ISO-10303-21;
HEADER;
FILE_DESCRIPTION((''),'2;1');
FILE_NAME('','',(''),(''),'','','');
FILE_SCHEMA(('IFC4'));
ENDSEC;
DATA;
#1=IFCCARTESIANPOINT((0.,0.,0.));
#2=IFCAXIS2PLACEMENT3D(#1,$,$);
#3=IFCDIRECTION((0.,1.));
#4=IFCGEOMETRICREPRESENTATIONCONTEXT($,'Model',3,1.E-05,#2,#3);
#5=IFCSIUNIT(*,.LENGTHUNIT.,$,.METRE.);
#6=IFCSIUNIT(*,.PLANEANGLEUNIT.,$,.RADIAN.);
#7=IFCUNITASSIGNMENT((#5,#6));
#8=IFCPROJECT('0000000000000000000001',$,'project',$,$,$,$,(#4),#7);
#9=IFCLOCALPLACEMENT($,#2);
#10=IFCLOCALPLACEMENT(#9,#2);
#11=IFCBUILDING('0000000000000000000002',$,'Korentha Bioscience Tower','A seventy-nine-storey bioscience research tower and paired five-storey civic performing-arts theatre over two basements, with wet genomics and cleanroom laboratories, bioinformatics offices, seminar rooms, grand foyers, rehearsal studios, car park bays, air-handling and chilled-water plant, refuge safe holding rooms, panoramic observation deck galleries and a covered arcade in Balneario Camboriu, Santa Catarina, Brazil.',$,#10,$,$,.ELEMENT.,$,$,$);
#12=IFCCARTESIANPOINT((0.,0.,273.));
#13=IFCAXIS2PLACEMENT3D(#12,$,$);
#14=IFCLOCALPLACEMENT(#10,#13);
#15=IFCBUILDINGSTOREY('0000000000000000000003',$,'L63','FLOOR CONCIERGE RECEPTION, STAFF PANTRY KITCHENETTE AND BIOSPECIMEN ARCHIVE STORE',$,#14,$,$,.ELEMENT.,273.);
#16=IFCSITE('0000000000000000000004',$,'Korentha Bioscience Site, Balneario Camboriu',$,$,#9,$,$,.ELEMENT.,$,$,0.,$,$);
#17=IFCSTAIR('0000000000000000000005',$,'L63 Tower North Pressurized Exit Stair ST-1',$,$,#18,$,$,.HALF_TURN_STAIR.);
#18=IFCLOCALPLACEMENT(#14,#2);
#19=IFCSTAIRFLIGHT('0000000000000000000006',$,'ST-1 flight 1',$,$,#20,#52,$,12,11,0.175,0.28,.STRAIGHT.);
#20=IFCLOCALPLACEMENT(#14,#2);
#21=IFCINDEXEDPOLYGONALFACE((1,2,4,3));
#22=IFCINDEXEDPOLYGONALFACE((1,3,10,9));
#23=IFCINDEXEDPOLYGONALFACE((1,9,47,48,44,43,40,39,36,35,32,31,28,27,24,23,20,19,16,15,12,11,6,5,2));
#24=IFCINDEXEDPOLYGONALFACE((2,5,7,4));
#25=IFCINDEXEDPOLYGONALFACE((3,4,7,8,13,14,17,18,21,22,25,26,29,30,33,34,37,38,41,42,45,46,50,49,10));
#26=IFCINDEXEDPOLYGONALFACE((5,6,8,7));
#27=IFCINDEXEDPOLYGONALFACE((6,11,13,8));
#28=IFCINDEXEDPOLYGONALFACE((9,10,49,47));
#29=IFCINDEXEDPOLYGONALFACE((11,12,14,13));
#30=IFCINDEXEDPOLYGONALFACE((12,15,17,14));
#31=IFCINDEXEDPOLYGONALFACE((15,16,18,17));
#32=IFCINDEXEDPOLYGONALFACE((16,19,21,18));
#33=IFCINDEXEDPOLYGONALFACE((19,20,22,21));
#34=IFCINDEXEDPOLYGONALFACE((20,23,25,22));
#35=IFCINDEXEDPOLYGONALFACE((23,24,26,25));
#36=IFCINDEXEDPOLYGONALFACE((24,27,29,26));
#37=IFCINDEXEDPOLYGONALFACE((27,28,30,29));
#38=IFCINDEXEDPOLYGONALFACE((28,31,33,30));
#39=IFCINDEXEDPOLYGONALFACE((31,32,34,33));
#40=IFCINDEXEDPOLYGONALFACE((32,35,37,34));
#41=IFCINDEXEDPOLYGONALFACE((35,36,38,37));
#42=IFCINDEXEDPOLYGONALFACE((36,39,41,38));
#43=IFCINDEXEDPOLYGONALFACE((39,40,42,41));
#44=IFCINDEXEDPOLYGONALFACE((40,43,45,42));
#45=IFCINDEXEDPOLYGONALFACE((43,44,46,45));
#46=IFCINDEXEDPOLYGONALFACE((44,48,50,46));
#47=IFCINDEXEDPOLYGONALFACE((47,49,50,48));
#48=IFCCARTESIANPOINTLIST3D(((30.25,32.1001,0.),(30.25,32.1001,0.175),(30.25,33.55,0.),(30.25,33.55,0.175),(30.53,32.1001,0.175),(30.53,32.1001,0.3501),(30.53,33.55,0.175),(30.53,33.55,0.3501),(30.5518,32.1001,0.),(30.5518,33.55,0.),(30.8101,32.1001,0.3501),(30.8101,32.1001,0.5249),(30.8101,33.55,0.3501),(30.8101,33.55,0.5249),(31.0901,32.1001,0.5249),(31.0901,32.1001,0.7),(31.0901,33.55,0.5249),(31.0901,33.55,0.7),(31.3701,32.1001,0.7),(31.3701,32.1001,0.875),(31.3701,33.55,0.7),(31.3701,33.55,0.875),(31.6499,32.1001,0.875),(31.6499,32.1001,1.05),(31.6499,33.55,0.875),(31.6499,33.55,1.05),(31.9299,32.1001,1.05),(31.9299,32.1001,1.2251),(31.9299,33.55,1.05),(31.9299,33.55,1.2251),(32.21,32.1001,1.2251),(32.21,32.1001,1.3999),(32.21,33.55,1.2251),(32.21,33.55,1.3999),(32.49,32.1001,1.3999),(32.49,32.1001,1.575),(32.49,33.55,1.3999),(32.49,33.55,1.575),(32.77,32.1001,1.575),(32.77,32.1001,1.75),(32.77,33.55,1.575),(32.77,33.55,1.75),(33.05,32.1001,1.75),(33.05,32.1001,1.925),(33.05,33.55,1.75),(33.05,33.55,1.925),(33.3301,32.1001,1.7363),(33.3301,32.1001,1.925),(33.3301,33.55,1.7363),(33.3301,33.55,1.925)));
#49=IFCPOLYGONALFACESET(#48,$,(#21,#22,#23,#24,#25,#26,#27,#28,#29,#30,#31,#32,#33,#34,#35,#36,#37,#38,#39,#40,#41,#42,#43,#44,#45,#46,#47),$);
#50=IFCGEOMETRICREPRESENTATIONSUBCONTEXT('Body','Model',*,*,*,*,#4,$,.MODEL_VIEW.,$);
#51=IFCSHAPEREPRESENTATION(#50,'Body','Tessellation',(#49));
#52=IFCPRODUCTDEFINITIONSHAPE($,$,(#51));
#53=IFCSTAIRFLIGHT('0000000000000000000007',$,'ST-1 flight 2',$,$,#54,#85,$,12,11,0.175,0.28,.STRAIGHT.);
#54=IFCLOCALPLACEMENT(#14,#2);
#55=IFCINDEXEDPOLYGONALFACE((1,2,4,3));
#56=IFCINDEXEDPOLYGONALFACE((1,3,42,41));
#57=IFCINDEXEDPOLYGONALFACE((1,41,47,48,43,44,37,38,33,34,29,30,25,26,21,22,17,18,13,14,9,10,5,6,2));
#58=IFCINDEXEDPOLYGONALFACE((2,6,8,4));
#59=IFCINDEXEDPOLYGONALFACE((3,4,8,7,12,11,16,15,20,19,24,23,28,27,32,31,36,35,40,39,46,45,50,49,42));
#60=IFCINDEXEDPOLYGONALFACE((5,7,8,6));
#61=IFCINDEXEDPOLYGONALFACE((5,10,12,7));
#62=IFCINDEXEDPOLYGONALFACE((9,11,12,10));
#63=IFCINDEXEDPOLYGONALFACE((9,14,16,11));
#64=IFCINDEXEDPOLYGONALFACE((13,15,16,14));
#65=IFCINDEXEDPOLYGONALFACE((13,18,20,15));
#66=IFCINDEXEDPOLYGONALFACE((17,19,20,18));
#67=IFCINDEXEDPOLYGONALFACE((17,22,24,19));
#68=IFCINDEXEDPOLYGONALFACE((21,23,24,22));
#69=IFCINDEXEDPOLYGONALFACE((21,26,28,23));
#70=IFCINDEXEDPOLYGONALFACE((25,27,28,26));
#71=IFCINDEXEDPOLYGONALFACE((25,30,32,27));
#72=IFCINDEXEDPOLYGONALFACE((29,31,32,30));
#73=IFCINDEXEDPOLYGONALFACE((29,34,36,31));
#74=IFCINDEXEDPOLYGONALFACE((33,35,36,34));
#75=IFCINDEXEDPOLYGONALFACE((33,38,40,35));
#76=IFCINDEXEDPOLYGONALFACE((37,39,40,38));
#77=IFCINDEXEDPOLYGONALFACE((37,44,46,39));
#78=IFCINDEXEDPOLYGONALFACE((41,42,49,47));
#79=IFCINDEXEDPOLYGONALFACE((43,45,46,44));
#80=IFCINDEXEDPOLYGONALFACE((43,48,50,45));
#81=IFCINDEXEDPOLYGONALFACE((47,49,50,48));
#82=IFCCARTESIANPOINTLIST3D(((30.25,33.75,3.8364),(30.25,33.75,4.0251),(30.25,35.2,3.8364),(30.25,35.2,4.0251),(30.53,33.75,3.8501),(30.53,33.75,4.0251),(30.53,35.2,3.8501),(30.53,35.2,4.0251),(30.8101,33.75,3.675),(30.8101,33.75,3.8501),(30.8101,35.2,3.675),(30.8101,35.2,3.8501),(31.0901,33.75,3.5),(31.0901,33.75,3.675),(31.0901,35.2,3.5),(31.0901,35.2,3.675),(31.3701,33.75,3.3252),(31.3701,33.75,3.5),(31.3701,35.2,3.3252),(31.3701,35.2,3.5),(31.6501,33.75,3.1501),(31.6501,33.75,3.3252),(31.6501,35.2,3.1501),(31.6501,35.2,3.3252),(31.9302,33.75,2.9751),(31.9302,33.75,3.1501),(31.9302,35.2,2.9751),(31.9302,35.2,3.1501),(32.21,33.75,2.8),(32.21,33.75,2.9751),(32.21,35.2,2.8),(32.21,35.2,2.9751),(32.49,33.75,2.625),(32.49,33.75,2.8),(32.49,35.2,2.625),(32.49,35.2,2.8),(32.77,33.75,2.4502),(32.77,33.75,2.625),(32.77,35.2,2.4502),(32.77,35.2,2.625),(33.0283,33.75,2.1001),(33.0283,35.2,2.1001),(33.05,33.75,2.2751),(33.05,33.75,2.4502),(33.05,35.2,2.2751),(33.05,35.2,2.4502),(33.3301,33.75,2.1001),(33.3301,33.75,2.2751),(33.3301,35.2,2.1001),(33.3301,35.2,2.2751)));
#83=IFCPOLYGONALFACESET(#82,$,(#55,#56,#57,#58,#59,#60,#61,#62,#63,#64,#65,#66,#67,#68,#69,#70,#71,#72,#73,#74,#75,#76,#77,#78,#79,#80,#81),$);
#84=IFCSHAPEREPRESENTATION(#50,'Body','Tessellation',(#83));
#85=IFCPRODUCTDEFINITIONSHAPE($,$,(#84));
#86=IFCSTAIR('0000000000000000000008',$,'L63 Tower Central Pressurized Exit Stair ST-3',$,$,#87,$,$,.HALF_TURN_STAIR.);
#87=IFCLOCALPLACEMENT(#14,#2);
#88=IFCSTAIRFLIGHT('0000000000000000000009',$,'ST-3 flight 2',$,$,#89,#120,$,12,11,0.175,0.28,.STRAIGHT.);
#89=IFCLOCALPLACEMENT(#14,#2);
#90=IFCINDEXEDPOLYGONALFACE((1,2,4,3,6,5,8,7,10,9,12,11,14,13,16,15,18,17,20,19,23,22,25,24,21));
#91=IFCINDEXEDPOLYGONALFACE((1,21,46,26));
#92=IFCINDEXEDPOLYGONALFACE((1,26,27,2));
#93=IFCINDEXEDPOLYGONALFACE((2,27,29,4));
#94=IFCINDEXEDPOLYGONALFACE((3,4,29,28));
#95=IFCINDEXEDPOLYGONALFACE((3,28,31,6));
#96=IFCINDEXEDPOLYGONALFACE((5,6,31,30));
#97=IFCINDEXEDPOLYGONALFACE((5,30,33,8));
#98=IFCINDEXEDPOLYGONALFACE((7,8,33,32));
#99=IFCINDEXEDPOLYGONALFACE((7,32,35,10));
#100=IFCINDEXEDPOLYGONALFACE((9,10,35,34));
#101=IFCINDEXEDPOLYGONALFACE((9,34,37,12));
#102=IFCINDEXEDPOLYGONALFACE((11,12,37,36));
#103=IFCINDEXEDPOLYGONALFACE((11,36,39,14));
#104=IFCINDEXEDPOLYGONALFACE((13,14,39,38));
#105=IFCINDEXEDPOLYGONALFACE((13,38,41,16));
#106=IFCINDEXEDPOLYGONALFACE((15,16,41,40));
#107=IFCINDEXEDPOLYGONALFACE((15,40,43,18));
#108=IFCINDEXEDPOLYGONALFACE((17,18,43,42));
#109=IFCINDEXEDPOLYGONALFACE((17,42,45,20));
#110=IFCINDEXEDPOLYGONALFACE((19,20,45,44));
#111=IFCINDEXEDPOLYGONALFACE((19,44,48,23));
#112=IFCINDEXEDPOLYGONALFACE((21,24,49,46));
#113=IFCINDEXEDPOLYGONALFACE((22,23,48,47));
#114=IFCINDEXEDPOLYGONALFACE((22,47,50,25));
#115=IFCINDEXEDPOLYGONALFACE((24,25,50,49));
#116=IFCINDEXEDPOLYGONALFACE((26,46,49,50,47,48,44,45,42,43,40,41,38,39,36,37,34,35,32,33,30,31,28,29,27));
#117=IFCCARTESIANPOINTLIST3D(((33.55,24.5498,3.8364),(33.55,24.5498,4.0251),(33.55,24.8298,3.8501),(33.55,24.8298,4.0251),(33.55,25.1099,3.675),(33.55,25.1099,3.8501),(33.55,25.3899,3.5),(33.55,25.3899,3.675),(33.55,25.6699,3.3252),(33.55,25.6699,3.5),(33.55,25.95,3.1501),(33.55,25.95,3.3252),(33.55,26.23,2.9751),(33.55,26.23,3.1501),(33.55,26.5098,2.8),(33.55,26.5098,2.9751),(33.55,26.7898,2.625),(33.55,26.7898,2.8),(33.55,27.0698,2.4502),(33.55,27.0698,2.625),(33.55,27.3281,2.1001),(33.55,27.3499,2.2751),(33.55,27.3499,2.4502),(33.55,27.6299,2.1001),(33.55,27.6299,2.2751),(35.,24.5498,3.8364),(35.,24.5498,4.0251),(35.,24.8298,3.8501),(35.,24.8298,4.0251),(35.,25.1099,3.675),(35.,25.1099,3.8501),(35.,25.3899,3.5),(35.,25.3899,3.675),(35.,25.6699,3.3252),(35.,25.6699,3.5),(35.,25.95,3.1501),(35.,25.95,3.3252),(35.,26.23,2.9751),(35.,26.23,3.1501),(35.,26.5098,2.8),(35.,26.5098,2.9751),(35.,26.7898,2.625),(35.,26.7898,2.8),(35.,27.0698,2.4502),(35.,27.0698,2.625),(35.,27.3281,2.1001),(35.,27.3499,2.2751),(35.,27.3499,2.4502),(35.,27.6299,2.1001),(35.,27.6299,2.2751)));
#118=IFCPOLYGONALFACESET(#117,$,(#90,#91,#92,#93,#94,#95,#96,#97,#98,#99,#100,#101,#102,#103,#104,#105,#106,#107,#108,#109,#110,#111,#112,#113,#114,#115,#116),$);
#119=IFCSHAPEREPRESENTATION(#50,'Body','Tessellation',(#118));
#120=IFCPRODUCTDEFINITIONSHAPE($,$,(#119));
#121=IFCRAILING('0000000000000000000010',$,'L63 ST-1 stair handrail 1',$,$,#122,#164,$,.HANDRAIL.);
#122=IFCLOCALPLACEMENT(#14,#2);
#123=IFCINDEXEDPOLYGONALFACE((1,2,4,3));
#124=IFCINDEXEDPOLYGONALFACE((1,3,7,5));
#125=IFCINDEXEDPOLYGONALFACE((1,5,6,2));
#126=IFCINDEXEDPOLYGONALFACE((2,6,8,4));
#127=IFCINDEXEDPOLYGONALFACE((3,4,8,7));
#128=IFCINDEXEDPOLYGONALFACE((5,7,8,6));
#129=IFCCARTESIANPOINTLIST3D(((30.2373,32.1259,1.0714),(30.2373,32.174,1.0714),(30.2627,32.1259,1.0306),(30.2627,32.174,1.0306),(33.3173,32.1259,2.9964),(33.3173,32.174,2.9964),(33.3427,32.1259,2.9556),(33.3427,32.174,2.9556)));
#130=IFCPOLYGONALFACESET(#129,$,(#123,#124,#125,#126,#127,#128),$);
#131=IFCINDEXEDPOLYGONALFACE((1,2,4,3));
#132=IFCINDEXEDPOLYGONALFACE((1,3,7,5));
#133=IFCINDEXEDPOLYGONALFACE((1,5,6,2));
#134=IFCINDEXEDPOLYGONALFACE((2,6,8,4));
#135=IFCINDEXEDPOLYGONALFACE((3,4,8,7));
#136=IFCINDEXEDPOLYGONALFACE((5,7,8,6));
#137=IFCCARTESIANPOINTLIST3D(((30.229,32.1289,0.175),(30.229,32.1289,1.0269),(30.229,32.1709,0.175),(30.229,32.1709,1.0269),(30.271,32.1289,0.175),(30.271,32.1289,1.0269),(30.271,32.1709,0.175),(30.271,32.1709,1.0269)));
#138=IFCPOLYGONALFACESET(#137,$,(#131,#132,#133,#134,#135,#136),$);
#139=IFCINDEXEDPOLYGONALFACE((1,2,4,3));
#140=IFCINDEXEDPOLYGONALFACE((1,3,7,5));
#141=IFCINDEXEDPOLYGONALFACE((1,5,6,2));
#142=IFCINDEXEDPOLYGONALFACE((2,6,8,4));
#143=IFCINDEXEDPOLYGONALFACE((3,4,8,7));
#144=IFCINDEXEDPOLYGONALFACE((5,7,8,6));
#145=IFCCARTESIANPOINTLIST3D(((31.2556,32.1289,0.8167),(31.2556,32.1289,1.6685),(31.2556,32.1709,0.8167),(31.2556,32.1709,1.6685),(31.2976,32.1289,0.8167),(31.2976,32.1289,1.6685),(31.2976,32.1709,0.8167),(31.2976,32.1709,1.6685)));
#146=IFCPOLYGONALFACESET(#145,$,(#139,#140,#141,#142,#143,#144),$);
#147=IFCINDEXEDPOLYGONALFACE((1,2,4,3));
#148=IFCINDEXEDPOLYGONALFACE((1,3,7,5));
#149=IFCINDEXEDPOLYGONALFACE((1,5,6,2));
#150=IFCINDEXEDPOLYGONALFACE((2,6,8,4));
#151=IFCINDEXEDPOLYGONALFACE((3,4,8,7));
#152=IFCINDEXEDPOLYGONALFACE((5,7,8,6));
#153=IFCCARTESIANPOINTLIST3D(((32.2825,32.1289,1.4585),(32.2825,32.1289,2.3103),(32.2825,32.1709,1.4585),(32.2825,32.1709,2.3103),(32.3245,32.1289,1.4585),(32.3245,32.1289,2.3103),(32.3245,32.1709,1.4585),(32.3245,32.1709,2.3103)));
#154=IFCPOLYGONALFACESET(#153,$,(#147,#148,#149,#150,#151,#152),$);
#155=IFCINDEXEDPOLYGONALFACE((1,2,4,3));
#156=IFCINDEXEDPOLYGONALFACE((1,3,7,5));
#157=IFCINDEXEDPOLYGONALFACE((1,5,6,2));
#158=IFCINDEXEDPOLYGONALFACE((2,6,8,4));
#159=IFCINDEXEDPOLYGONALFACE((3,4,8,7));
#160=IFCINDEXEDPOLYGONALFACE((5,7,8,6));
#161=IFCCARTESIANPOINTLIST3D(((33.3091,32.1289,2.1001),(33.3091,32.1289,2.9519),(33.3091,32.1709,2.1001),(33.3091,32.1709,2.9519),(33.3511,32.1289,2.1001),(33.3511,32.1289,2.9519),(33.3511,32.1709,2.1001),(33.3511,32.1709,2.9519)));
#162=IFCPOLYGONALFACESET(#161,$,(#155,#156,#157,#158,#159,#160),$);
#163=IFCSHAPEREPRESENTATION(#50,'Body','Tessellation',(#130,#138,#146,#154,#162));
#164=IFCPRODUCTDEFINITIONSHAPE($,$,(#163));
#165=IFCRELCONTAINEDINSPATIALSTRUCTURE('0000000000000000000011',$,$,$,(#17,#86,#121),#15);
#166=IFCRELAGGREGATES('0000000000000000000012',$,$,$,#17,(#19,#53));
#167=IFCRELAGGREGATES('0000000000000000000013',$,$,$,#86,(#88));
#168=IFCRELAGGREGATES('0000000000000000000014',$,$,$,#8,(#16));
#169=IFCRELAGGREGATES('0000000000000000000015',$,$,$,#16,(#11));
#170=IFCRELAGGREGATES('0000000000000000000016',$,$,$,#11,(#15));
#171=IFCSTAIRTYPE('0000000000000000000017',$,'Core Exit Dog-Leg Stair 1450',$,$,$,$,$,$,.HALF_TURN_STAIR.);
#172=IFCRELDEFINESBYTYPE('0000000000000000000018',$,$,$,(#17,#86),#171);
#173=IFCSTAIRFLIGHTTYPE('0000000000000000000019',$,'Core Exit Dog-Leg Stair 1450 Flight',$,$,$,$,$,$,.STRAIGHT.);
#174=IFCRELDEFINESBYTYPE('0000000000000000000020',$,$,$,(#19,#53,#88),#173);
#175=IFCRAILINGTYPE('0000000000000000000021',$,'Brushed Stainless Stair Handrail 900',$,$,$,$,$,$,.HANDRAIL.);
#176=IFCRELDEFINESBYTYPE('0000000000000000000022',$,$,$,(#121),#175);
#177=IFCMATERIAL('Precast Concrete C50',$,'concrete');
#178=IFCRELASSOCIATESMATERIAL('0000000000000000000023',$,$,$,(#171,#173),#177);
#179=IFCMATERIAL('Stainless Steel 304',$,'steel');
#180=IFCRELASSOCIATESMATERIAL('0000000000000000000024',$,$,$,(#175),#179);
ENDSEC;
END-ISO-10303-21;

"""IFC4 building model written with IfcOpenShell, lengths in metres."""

from ifc_helpers import new_model, si_unit, direction, frame, origin, origin_2d, place, context, subcontext, project, spatial, polyline, rectangle, outline, extrude, material, type_object, element, aggregate, save


model = new_model("IFC4")

# Units and contexts
model_context = context("Model", 3, precision=1e-05, world=origin(), true_north=direction((0.0, 1.0)))
body_context = subcontext(model_context, "Body", "Model", "MODEL_VIEW")
ifc_project = project(units=[si_unit("LENGTHUNIT", "METRE"), si_unit("PLANEANGLEUNIT", "RADIAN")], contexts=[model_context])

# Site, building, storey
site_placement = place(None, origin())
site = spatial("IfcSite", under=ifc_project, at=site_placement, Name="Korentha Bioscience Site, Balneario Camboriu", CompositionType="ELEMENT", RefElevation=0.0)
building_placement = place(site_placement, origin())
building = spatial("IfcBuilding", under=site, at=building_placement, Name="Korentha Bioscience Tower", Description="A seventy-nine-storey bioscience research tower and paired five-storey civic performing-arts theatre over two basements, with wet genomics and cleanroom laboratories, bioinformatics offices, seminar rooms, grand foyers, rehearsal studios, car park bays, air-handling and chilled-water plant, refuge safe holding rooms, panoramic observation deck galleries and a covered arcade in Balneario Camboriu, Santa Catarina, Brazil.", CompositionType="ELEMENT")
storey_placement = place(building_placement, frame((0.0, 0.0, 273.0)))
storey = spatial("IfcBuildingStorey", under=building, at=storey_placement, Name="L63", Description="FLOOR CONCIERGE RECEPTION, STAFF PANTRY KITCHENETTE AND BIOSPECIMEN ARCHIVE STORE", CompositionType="ELEMENT", Elevation=273.0)

# Stair, stair flights
ifc_material_1 = material(Name="Precast Concrete C50", Category="concrete")
stair_type = type_object("IfcStairType", Name="Core Exit Dog-Leg Stair 1450", PredefinedType="HALF_TURN_STAIR", material=ifc_material_1)
stair_1_placement = place(storey_placement, origin())
stair_1 = element("IfcStair", 1, at=stair_1_placement, inside=storey, type_object=stair_type, Name="L63 Tower North Pressurized Exit Stair ST-1", PredefinedType="HALF_TURN_STAIR")
stair_flight_type = type_object("IfcStairFlightType", Name="Core Exit Dog-Leg Stair 1450 Flight", PredefinedType="STRAIGHT", material=ifc_material_1)
stair_flight_1_placement = place(storey_placement, frame((30.25, 32.825, 0.0), z_axis=(0.0, 0.0, 1.0), x_axis=(1.0, 0.0, 0.0)))
stair_flight_1 = element("IfcStairFlight", 2, at=stair_flight_1_placement, type_object=stair_flight_type, Name="ST-1 flight 1", NumberOfRisers=12, NumberOfTreads=11, PredefinedType="STRAIGHT", RiserHeight=0.175, TreadLength=0.28, context=body_context, shape_type="SweptSolid", body=[
    extrude(outline(polyline([(0.0, 0.0), (0.0, 0.175), (0.28, 0.175), (0.28, 0.3501), (0.5601, 0.3501), (0.5601, 0.5249), (0.8401, 0.5249), (0.8401, 0.7), (1.1201, 0.7), (1.1201, 0.875), (1.3999, 0.875), (1.3999, 1.05), (1.6799, 1.05), (1.6799, 1.2251), (1.96, 1.2251), (1.96, 1.3999), (2.24, 1.3999), (2.24, 1.575), (2.52, 1.575), (2.52, 1.75), (2.8, 1.75), (2.8, 1.925), (3.0801, 1.925), (3.0801, 2.1001), (3.0801, 1.7363), (0.3018, 0.0), (0.0, 0.0)])), frame((0.0, 0.7251, 0.0), z_axis=(0.0, -1.0, 0.0), x_axis=(1.0, 0.0, 0.0)), (0.0, 0.0, 1.0), 1.45),
])
stair_flight_2_placement = place(storey_placement, frame((33.3301, 34.4751, 2.1001), z_axis=(0.0, 0.0, 1.0), x_axis=(-1.0, 0.0, 0.0)))
stair_flight_2 = element("IfcStairFlight", 3, at=stair_flight_2_placement, type_object=stair_flight_type, Name="ST-1 flight 2", NumberOfRisers=12, NumberOfTreads=11, PredefinedType="STRAIGHT", RiserHeight=0.175, TreadLength=0.28, context=body_context, shape_type="SweptSolid", body=[
    extrude(outline(polyline([(0.0, 0.0), (0.0, 0.175), (0.28, 0.175), (0.28, 0.3501), (0.5601, 0.3501), (0.5601, 0.5249), (0.8401, 0.5249), (0.8401, 0.7), (1.1201, 0.7), (1.1201, 0.875), (1.3999, 0.875), (1.3999, 1.05), (1.6799, 1.05), (1.6799, 1.2251), (1.96, 1.2251), (1.96, 1.3999), (2.24, 1.3999), (2.24, 1.575), (2.52, 1.575), (2.52, 1.75), (2.8, 1.75), (2.8, 1.925), (3.0801, 1.925), (3.0801, 2.1001), (3.0801, 1.7363), (0.3018, 0.0), (0.0, 0.0)])), frame((0.0, 0.7251, 0.0), z_axis=(0.0, -1.0, 0.0), x_axis=(1.0, 0.0, 0.0)), (0.0, 0.0, 1.0), 1.45),
])
aggregate(stair_1, [stair_flight_1, stair_flight_2])

# Stair, stair flight
stair_2_placement = place(storey_placement, origin())
stair_2 = element("IfcStair", 4, at=stair_2_placement, inside=storey, type_object=stair_type, Name="L63 Tower Central Pressurized Exit Stair ST-3", PredefinedType="HALF_TURN_STAIR")
stair_flight_3_placement = place(storey_placement, frame((34.2749, 27.6299, 2.1001), z_axis=(0.0, 0.0, 1.0), x_axis=(0.0, -1.0, 0.0)))
stair_flight_3 = element("IfcStairFlight", 5, at=stair_flight_3_placement, type_object=stair_flight_type, Name="ST-3 flight 2", NumberOfRisers=12, NumberOfTreads=11, PredefinedType="STRAIGHT", RiserHeight=0.175, TreadLength=0.28, context=body_context, shape_type="SweptSolid", body=[
    extrude(outline(polyline([(0.0, 0.0), (0.0, 0.175), (0.28, 0.175), (0.28, 0.3501), (0.5601, 0.3501), (0.5601, 0.5249), (0.8401, 0.5249), (0.8401, 0.7), (1.1201, 0.7), (1.1201, 0.875), (1.3999, 0.875), (1.3999, 1.05), (1.6799, 1.05), (1.6799, 1.2251), (1.96, 1.2251), (1.96, 1.3999), (2.24, 1.3999), (2.24, 1.575), (2.52, 1.575), (2.52, 1.75), (2.8, 1.75), (2.8, 1.925), (3.0801, 1.925), (3.0801, 2.1001), (3.0801, 1.7363), (0.3018, 0.0), (0.0, 0.0)])), frame((0.0, 0.7251, 0.0), z_axis=(0.0, -1.0, 0.0), x_axis=(1.0, 0.0, 0.0)), (0.0, 0.0, 1.0), 1.45),
])
aggregate(stair_2, [stair_flight_3])

# Railing
ifc_material_2 = material(Name="Stainless Steel 304", Category="steel")
railing_type_1 = type_object("IfcRailingType", Name="Brushed Stainless Stair Handrail 900", PredefinedType="HANDRAIL", material=ifc_material_2)
railing_1_placement = place(storey_placement, frame((30.25, 32.1499, 0.175)))
element("IfcRailing", 6, at=railing_1_placement, inside=storey, type_object=railing_type_1, Name="L63 ST-1 stair handrail 1", PredefinedType="HANDRAIL", context=body_context, shape_type="SweptSolid", body=[
    extrude(rectangle(XDim=0.0481, YDim=0.0481, at=origin_2d()), frame((0.0, 0.0, 0.876), z_axis=(0.847998, 0.0, 0.529999), x_axis=(0.0, 1.0, 0.0)), (0.0, 0.0, 1.0), 3.6321),
    extrude(rectangle(XDim=0.042, YDim=0.042, at=origin_2d()), origin(), (0.0, 0.0, 1.0), 0.8518),
    extrude(rectangle(XDim=0.042, YDim=0.042, at=origin_2d()), frame((1.0266, 0.0, 0.6416)), (0.0, 0.0, 1.0), 0.8518),
    extrude(rectangle(XDim=0.042, YDim=0.042, at=origin_2d()), frame((2.0535, 0.0, 1.2834)), (0.0, 0.0, 1.0), 0.8518),
    extrude(rectangle(XDim=0.042, YDim=0.042, at=origin_2d()), frame((3.0801, 0.0, 1.925)), (0.0, 0.0, 1.0), 0.8518),
])

save(model, "model.ifc")
